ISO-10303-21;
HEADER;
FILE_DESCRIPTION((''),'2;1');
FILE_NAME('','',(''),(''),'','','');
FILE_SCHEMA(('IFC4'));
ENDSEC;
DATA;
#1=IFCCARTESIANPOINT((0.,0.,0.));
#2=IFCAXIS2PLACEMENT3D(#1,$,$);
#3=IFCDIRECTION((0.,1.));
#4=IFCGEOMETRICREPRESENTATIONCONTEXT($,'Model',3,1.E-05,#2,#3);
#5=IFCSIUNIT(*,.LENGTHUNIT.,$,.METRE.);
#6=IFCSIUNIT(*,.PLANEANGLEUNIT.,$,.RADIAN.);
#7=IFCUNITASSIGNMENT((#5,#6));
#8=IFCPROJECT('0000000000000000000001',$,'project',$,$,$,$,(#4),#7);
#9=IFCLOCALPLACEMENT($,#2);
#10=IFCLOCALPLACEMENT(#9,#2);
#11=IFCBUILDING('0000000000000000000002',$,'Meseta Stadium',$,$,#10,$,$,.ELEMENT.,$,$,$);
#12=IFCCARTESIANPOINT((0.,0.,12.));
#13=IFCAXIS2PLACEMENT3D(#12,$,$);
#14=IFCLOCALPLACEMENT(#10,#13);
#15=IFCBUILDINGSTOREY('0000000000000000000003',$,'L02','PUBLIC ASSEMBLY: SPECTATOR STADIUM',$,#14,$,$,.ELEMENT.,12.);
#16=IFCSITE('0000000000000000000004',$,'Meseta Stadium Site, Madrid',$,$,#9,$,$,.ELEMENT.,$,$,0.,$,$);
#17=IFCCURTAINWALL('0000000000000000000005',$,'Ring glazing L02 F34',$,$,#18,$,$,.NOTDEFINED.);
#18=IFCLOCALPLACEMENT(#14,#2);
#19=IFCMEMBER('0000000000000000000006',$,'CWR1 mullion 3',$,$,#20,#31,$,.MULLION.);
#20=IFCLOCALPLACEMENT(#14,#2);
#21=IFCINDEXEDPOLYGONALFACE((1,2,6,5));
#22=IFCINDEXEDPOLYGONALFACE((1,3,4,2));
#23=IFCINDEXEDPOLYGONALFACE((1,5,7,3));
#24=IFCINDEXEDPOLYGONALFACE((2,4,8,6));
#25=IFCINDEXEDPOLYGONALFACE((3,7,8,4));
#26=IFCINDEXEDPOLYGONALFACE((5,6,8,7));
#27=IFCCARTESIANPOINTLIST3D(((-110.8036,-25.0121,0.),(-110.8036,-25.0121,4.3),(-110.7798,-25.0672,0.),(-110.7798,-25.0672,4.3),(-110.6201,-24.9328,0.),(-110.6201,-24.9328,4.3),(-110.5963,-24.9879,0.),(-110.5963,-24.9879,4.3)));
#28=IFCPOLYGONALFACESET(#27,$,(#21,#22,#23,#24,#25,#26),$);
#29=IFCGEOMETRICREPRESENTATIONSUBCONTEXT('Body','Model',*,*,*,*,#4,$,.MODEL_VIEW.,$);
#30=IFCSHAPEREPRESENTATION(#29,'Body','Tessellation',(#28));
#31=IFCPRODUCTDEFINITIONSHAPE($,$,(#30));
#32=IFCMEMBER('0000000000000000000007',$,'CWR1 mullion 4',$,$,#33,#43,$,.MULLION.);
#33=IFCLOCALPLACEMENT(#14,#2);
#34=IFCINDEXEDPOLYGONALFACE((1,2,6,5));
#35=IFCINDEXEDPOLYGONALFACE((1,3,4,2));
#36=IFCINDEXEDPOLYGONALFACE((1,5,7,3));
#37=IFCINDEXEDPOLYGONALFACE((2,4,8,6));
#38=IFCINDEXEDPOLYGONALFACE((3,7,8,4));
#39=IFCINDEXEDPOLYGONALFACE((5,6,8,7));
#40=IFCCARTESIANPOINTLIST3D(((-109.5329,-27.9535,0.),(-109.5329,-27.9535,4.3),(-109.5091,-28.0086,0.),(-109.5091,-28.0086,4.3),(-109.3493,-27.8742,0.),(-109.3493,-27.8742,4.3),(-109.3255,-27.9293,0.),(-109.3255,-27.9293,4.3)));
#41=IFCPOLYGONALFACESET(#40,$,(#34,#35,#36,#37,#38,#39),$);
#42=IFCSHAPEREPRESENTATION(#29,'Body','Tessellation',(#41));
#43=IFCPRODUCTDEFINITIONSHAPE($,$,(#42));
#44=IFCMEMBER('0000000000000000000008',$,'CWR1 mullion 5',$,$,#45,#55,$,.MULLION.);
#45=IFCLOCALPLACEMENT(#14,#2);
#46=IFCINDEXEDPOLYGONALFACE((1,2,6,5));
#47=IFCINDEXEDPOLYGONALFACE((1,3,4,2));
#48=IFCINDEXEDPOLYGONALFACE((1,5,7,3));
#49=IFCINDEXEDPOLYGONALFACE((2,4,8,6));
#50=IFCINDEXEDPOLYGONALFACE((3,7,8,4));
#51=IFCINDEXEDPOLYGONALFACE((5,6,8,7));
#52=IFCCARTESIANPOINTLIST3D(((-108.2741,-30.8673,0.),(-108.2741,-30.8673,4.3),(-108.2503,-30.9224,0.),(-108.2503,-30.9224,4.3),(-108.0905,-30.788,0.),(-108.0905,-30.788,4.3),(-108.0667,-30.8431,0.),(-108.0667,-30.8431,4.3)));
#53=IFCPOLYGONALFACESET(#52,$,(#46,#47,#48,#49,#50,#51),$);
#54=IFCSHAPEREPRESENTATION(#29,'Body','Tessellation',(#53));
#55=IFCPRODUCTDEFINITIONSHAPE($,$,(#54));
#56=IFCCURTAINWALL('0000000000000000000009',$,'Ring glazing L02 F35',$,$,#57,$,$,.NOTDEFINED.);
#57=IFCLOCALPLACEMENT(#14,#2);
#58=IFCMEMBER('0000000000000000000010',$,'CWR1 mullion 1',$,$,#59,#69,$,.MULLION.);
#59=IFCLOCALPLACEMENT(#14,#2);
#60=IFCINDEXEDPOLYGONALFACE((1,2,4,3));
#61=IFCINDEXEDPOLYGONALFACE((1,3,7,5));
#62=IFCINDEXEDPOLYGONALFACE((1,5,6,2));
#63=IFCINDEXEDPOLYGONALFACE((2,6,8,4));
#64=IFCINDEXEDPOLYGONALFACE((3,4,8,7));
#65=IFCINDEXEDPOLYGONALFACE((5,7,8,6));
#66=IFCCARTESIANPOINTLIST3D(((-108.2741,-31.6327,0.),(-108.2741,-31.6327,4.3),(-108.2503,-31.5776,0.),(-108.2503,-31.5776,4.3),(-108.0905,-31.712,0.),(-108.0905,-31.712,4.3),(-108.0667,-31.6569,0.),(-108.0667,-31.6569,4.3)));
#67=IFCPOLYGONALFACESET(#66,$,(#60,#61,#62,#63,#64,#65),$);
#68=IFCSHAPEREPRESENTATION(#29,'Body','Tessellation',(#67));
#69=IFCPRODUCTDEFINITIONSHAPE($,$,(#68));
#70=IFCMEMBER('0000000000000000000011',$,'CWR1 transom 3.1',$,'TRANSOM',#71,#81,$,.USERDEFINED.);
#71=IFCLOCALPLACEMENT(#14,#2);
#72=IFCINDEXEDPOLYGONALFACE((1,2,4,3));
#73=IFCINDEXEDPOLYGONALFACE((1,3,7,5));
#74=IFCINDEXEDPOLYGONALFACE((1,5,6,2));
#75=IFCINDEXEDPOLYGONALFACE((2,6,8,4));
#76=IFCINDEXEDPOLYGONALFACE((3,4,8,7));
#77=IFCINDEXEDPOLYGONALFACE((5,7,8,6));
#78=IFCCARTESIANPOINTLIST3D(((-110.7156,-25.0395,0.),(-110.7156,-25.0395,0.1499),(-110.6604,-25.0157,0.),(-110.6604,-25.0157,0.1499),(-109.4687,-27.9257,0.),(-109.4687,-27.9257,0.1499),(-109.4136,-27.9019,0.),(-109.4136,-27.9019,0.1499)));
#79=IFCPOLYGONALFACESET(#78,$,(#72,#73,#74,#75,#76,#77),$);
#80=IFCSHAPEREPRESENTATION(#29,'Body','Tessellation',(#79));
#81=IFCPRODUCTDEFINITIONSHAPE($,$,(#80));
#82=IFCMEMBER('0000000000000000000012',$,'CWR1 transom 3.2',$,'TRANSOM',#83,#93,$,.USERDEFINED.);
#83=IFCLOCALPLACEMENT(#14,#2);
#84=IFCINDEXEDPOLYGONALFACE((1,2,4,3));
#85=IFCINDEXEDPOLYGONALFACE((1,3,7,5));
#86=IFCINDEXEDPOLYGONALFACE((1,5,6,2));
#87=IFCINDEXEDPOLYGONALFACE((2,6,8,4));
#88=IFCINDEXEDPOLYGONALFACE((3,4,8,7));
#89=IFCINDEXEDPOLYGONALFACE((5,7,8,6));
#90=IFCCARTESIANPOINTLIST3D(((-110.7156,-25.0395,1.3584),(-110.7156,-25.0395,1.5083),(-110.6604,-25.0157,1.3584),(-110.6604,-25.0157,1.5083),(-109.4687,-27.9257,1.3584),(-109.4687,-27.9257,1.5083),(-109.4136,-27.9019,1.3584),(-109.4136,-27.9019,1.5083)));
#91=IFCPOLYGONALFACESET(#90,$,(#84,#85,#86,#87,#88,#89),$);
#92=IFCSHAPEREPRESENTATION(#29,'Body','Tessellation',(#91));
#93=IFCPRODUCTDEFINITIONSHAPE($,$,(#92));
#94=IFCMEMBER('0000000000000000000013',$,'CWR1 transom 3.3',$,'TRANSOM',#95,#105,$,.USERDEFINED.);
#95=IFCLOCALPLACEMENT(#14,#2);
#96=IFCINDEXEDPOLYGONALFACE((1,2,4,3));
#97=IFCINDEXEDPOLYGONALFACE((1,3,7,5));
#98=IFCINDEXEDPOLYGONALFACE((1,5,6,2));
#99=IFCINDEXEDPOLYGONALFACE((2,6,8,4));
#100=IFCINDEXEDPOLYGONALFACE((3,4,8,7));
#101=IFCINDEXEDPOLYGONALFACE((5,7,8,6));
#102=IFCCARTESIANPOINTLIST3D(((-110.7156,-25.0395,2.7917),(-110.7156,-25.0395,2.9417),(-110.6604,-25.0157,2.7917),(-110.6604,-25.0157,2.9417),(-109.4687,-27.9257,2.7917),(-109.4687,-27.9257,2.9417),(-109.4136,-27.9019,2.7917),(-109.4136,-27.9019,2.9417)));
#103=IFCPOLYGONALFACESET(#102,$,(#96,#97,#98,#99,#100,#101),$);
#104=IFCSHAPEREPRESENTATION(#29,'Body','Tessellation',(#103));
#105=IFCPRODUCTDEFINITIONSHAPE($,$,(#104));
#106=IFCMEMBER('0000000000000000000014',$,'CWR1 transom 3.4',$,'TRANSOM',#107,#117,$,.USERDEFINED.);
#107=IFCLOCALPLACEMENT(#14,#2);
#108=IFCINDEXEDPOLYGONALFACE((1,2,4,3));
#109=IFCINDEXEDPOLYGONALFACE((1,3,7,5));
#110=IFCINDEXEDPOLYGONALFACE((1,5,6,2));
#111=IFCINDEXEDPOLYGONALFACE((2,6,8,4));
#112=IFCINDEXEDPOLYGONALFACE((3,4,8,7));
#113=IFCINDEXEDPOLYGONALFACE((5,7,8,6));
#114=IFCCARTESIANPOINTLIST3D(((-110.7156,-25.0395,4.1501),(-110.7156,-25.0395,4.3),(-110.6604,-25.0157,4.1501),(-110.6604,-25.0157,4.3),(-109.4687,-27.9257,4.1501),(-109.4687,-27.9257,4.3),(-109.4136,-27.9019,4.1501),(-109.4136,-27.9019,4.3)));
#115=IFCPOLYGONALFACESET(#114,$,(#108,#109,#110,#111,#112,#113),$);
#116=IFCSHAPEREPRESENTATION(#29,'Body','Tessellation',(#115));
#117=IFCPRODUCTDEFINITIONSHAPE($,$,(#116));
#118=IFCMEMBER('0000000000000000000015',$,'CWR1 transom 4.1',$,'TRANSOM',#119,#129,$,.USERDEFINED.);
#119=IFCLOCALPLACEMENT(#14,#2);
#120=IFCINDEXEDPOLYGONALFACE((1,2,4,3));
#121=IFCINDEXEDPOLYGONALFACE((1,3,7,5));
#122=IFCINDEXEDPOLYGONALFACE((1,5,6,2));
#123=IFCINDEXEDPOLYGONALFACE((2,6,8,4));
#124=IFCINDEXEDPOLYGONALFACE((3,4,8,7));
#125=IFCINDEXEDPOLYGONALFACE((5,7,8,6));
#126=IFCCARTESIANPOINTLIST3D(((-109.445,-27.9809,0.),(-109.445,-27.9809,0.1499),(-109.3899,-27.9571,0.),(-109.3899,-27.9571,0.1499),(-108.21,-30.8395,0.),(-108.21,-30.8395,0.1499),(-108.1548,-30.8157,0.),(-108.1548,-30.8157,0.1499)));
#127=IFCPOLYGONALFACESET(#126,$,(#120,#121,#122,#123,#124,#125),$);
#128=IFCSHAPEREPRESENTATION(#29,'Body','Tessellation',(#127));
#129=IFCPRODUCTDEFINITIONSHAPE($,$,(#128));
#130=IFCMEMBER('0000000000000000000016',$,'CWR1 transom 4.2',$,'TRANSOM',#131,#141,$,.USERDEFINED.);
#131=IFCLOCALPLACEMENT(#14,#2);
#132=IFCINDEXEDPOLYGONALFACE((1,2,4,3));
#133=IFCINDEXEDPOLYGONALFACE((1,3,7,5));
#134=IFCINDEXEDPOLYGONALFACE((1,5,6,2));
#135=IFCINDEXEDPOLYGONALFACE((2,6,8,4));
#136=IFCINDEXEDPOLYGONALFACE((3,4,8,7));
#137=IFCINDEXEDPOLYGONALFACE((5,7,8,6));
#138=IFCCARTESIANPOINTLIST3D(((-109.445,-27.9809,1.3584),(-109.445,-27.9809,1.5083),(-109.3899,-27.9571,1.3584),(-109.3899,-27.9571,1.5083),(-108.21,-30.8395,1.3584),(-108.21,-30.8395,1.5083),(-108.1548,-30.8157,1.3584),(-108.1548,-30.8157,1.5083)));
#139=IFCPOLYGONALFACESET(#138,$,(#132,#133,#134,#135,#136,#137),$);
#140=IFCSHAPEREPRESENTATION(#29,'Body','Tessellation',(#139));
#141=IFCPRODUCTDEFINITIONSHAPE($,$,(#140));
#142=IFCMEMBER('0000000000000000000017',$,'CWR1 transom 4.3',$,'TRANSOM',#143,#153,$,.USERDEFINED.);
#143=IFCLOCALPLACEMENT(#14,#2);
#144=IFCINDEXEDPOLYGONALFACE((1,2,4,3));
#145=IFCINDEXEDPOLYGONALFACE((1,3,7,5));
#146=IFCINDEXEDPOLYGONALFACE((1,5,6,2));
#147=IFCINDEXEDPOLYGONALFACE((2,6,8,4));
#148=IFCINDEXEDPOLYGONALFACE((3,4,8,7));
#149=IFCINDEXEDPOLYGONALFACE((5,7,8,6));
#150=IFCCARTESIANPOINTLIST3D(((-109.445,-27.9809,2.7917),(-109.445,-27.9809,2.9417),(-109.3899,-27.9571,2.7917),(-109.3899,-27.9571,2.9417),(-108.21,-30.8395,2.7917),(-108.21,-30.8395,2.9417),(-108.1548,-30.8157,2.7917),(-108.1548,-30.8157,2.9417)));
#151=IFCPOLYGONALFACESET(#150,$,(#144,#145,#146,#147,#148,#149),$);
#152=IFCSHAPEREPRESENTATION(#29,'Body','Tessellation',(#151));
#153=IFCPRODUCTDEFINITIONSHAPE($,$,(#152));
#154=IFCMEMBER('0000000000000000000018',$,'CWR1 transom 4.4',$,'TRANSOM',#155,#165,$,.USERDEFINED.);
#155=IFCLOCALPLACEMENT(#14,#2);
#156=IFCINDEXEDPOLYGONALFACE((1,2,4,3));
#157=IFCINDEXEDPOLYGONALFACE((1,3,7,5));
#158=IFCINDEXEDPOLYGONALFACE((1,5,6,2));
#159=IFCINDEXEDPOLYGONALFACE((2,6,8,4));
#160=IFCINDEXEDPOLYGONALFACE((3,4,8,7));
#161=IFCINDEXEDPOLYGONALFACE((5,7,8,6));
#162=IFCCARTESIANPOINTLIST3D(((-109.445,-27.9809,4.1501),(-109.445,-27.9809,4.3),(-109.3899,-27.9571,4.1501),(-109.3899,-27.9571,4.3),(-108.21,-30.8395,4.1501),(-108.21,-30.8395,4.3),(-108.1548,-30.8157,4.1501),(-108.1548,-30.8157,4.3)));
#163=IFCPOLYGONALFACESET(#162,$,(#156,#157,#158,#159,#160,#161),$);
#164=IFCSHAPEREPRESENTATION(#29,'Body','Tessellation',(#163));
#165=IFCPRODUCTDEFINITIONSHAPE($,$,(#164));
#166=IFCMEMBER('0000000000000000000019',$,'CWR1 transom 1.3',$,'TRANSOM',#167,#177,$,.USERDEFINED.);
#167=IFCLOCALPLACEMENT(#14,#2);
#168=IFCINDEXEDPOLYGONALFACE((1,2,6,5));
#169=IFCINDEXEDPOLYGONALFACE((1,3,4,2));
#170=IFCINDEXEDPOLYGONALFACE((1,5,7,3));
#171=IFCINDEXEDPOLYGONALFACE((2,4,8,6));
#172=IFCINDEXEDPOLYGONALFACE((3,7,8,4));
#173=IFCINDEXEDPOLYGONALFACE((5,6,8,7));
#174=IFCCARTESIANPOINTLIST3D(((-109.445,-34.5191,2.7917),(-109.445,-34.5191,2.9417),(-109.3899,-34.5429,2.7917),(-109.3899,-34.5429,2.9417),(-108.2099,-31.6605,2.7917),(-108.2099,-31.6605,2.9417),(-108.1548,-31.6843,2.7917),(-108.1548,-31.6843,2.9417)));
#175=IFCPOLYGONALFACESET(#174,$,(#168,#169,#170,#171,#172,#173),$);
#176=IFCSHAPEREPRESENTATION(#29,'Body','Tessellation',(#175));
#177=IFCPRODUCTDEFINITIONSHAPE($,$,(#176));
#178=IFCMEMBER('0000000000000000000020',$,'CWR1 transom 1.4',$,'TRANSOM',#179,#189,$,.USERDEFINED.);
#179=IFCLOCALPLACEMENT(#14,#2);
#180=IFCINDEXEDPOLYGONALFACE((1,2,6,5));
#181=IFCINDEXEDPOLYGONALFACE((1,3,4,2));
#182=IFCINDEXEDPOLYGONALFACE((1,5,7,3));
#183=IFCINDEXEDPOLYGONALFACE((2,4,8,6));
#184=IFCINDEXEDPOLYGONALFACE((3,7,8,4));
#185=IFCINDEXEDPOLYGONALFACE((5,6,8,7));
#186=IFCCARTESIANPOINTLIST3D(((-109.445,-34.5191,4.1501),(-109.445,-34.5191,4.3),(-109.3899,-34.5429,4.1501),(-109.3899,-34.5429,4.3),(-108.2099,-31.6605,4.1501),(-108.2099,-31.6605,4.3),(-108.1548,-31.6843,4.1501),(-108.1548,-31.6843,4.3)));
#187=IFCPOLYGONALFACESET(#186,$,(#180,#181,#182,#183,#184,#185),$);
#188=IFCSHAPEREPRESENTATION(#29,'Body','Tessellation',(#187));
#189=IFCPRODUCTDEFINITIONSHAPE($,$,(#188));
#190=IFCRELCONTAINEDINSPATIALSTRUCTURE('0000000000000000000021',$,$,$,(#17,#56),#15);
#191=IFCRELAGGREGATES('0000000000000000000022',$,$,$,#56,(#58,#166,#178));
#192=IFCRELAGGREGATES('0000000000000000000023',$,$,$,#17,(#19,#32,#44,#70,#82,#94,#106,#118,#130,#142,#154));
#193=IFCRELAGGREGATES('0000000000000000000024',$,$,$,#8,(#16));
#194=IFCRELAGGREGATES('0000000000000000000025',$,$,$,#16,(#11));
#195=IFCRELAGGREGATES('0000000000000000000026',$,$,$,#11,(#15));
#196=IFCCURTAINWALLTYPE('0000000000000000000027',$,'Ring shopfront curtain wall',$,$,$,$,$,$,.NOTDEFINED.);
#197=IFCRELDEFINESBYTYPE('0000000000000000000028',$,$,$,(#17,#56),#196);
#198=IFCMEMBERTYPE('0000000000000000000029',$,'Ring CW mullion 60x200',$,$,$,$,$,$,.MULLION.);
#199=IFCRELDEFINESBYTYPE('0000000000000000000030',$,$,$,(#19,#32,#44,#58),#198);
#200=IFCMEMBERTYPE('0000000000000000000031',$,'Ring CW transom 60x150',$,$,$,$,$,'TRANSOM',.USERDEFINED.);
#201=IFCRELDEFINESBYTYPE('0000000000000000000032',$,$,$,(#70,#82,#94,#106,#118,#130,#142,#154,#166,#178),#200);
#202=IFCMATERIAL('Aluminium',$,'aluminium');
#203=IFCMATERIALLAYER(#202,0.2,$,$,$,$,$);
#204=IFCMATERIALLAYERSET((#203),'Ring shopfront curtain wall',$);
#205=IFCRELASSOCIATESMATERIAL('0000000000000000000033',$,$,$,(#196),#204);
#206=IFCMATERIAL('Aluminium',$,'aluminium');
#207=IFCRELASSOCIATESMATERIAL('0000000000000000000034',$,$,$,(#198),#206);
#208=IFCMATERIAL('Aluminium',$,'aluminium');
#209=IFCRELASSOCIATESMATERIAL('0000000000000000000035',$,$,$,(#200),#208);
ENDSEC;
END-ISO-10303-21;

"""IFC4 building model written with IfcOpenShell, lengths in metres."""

from ifc_helpers import new_model, si_unit, direction, frame, origin, origin_2d, place, context, subcontext, project, spatial, rectangle, extrude, material, layer, layer_set, material_profile, profile_set, type_object, element, aggregate, save


model = new_model("IFC4")

# Units and contexts
model_context = context("Model", 3, precision=1e-05, world=origin(), true_north=direction((0.0, 1.0)))
body_context = subcontext(model_context, "Body", "Model", "MODEL_VIEW")
ifc_project = project(units=[si_unit("LENGTHUNIT", "METRE"), si_unit("PLANEANGLEUNIT", "RADIAN")], contexts=[model_context])

# Site, building, storey
site_placement = place(None, origin())
site = spatial("IfcSite", under=ifc_project, at=site_placement, Name="Meseta Stadium Site, Madrid", CompositionType="ELEMENT", RefElevation=0.0)
building_placement = place(site_placement, origin())
building = spatial("IfcBuilding", under=site, at=building_placement, Name="Meseta Stadium", CompositionType="ELEMENT")
storey_placement = place(building_placement, frame((0.0, 0.0, 12.0)))
storey = spatial("IfcBuildingStorey", under=building, at=storey_placement, Name="L02", Description="PUBLIC ASSEMBLY: SPECTATOR STADIUM", CompositionType="ELEMENT", Elevation=12.0)

# Curtain wall, members
ifc_material_1 = material(Name="Aluminium", Category="aluminium")
ifc_layer_1 = layer(ifc_material_1, 0.2)
ifc_layer_set_1 = layer_set([ifc_layer_1], Name="Ring shopfront curtain wall")
curtain_wall_type = type_object("IfcCurtainWallType", Name="Ring shopfront curtain wall", PredefinedType="NOTDEFINED", material=ifc_layer_set_1)
curtain_wall_1_placement = place(storey_placement, origin())
curtain_wall_1 = element("IfcCurtainWall", 1, at=curtain_wall_1_placement, inside=storey, type_object=curtain_wall_type, Name="Ring glazing L02 F34", PredefinedType="NOTDEFINED")
ifc_material_2 = material(Name="Aluminium", Category="aluminium")
ifc_material_profile_1 = material_profile(ifc_material_2, rectangle(XDim=0.2, YDim=0.0601, at=origin_2d()), Name="CW 200x60")
ifc_profile_set_1 = profile_set([ifc_material_profile_1], Name="Aluminium")
member_type_1 = type_object("IfcMemberType", Name="Ring CW mullion 60x200", PredefinedType="MULLION", material=ifc_profile_set_1)
member_1_placement = place(storey_placement, frame((-110.7, -25.0, 0.0), z_axis=(0.0, 0.0, 1.0), x_axis=(0.918, 0.396581, 0.0)))
member_1 = element("IfcMember", 2, at=member_1_placement, type_object=member_type_1, Name="CWR1 mullion 3", PredefinedType="MULLION", context=body_context, shape_type="SweptSolid", body=[
    extrude(rectangle(XDim=0.2, YDim=0.0601, at=origin_2d()), origin(), (0.0, 0.0, 1.0), 4.3),
])
member_2_placement = place(storey_placement, frame((-109.4292, -27.9414, 0.0), z_axis=(0.0, 0.0, 1.0), x_axis=(0.918, 0.396581, 0.0)))
member_2 = element("IfcMember", 3, at=member_2_placement, type_object=member_type_1, Name="CWR1 mullion 4", PredefinedType="MULLION", context=body_context, shape_type="SweptSolid", body=[
    extrude(rectangle(XDim=0.2, YDim=0.0601, at=origin_2d()), origin(), (0.0, 0.0, 1.0), 4.3),
])
member_3_placement = place(storey_placement, frame((-108.1704, -30.8552, 0.0), z_axis=(0.0, 0.0, 1.0), x_axis=(0.918, 0.396581, 0.0)))
member_3 = element("IfcMember", 4, at=member_3_placement, type_object=member_type_1, Name="CWR1 mullion 5", PredefinedType="MULLION", context=body_context, shape_type="SweptSolid", body=[
    extrude(rectangle(XDim=0.2, YDim=0.0601, at=origin_2d()), origin(), (0.0, 0.0, 1.0), 4.3),
])

# Curtain wall, member
curtain_wall_2_placement = place(storey_placement, origin())
curtain_wall_2 = element("IfcCurtainWall", 5, at=curtain_wall_2_placement, inside=storey, type_object=curtain_wall_type, Name="Ring glazing L02 F35", PredefinedType="NOTDEFINED")
member_4_placement = place(storey_placement, frame((-108.1704, -31.6448, 0.0), z_axis=(0.0, 0.0, 1.0), x_axis=(0.918, -0.396581, 0.0)))
member_4 = element("IfcMember", 6, at=member_4_placement, type_object=member_type_1, Name="CWR1 mullion 1", PredefinedType="MULLION", context=body_context, shape_type="SweptSolid", body=[
    extrude(rectangle(XDim=0.2, YDim=0.0601, at=origin_2d()), origin(), (0.0, 0.0, 1.0), 4.3),
])

# Members
ifc_material_3 = material(Name="Aluminium", Category="aluminium")
ifc_material_profile_2 = material_profile(ifc_material_3, rectangle(XDim=0.0601, YDim=0.1499, at=origin_2d()), Name="CW 60x150")
ifc_profile_set_2 = profile_set([ifc_material_profile_2], Name="Aluminium")
member_type_2 = type_object("IfcMemberType", Name="Ring CW transom 60x150", ElementType="TRANSOM", PredefinedType="USERDEFINED", material=ifc_profile_set_2)
member_5_placement = place(storey_placement, frame((-110.688, -25.0276, 0.075), z_axis=(0.39657, -0.918005, 0.0), x_axis=(0.918005, 0.39657, 0.0)))
member_5 = element("IfcMember", 7, at=member_5_placement, type_object=member_type_2, Name="CWR1 transom 3.1", ObjectType="TRANSOM", PredefinedType="USERDEFINED", context=body_context, shape_type="SweptSolid", body=[
    extrude(rectangle(XDim=0.0601, YDim=0.1499, at=origin_2d()), origin(), (0.0, 0.0, 1.0), 3.144),
])
member_6_placement = place(storey_placement, frame((-110.688, -25.0276, 1.4333), z_axis=(0.39657, -0.918005, 0.0), x_axis=(0.918005, 0.39657, 0.0)))
member_6 = element("IfcMember", 8, at=member_6_placement, type_object=member_type_2, Name="CWR1 transom 3.2", ObjectType="TRANSOM", PredefinedType="USERDEFINED", context=body_context, shape_type="SweptSolid", body=[
    extrude(rectangle(XDim=0.0601, YDim=0.1499, at=origin_2d()), origin(), (0.0, 0.0, 1.0), 3.144),
])
member_7_placement = place(storey_placement, frame((-110.688, -25.0276, 2.8667), z_axis=(0.39657, -0.918005, 0.0), x_axis=(0.918005, 0.39657, 0.0)))
member_7 = element("IfcMember", 9, at=member_7_placement, type_object=member_type_2, Name="CWR1 transom 3.3", ObjectType="TRANSOM", PredefinedType="USERDEFINED", context=body_context, shape_type="SweptSolid", body=[
    extrude(rectangle(XDim=0.0601, YDim=0.1499, at=origin_2d()), origin(), (0.0, 0.0, 1.0), 3.144),
])
member_8_placement = place(storey_placement, frame((-110.688, -25.0276, 4.2251), z_axis=(0.39657, -0.918005, 0.0), x_axis=(0.918005, 0.39657, 0.0)))
member_8 = element("IfcMember", 10, at=member_8_placement, type_object=member_type_2, Name="CWR1 transom 3.4", ObjectType="TRANSOM", PredefinedType="USERDEFINED", context=body_context, shape_type="SweptSolid", body=[
    extrude(rectangle(XDim=0.0601, YDim=0.1499, at=origin_2d()), origin(), (0.0, 0.0, 1.0), 3.144),
])
member_9_placement = place(storey_placement, frame((-109.4175, -27.969, 0.075), z_axis=(0.396624, -0.917981, 0.0), x_axis=(0.917981, 0.396624, 0.0)))
member_9 = element("IfcMember", 11, at=member_9_placement, type_object=member_type_2, Name="CWR1 transom 4.1", ObjectType="TRANSOM", PredefinedType="USERDEFINED", context=body_context, shape_type="SweptSolid", body=[
    extrude(rectangle(XDim=0.0601, YDim=0.1499, at=origin_2d()), origin(), (0.0, 0.0, 1.0), 3.114),
])
member_10_placement = place(storey_placement, frame((-109.4175, -27.969, 1.4333), z_axis=(0.396624, -0.917981, 0.0), x_axis=(0.917981, 0.396624, 0.0)))
member_10 = element("IfcMember", 12, at=member_10_placement, type_object=member_type_2, Name="CWR1 transom 4.2", ObjectType="TRANSOM", PredefinedType="USERDEFINED", context=body_context, shape_type="SweptSolid", body=[
    extrude(rectangle(XDim=0.0601, YDim=0.1499, at=origin_2d()), origin(), (0.0, 0.0, 1.0), 3.114),
])
member_11_placement = place(storey_placement, frame((-109.4175, -27.969, 2.8667), z_axis=(0.396624, -0.917981, 0.0), x_axis=(0.917981, 0.396624, 0.0)))
member_11 = element("IfcMember", 13, at=member_11_placement, type_object=member_type_2, Name="CWR1 transom 4.3", ObjectType="TRANSOM", PredefinedType="USERDEFINED", context=body_context, shape_type="SweptSolid", body=[
    extrude(rectangle(XDim=0.0601, YDim=0.1499, at=origin_2d()), origin(), (0.0, 0.0, 1.0), 3.114),
])
member_12_placement = place(storey_placement, frame((-109.4175, -27.969, 4.2251), z_axis=(0.396624, -0.917981, 0.0), x_axis=(0.917981, 0.396624, 0.0)))
member_12 = element("IfcMember", 14, at=member_12_placement, type_object=member_type_2, Name="CWR1 transom 4.4", ObjectType="TRANSOM", PredefinedType="USERDEFINED", context=body_context, shape_type="SweptSolid", body=[
    extrude(rectangle(XDim=0.0601, YDim=0.1499, at=origin_2d()), origin(), (0.0, 0.0, 1.0), 3.114),
])
member_13_placement = place(storey_placement, frame((-108.1824, -31.6724, 2.8667), z_axis=(-0.396624, -0.917981, 0.0), x_axis=(0.917981, -0.396624, 0.0)))
member_13 = element("IfcMember", 15, at=member_13_placement, type_object=member_type_2, Name="CWR1 transom 1.3", ObjectType="TRANSOM", PredefinedType="USERDEFINED", context=body_context, shape_type="SweptSolid", body=[
    extrude(rectangle(XDim=0.0601, YDim=0.1499, at=origin_2d()), origin(), (0.0, 0.0, 1.0), 3.114),
])
member_14_placement = place(storey_placement, frame((-108.1824, -31.6724, 4.2251), z_axis=(-0.396624, -0.917981, 0.0), x_axis=(0.917981, -0.396624, 0.0)))
member_14 = element("IfcMember", 16, at=member_14_placement, type_object=member_type_2, Name="CWR1 transom 1.4", ObjectType="TRANSOM", PredefinedType="USERDEFINED", context=body_context, shape_type="SweptSolid", body=[
    extrude(rectangle(XDim=0.0601, YDim=0.1499, at=origin_2d()), origin(), (0.0, 0.0, 1.0), 3.114),
])
aggregate(curtain_wall_2, [member_4, member_13, member_14])

aggregate(curtain_wall_1, [member_1, member_2, member_3, member_5, member_6, member_7, member_8, member_9, member_10, member_11, member_12])

save(model, "model.ifc")
